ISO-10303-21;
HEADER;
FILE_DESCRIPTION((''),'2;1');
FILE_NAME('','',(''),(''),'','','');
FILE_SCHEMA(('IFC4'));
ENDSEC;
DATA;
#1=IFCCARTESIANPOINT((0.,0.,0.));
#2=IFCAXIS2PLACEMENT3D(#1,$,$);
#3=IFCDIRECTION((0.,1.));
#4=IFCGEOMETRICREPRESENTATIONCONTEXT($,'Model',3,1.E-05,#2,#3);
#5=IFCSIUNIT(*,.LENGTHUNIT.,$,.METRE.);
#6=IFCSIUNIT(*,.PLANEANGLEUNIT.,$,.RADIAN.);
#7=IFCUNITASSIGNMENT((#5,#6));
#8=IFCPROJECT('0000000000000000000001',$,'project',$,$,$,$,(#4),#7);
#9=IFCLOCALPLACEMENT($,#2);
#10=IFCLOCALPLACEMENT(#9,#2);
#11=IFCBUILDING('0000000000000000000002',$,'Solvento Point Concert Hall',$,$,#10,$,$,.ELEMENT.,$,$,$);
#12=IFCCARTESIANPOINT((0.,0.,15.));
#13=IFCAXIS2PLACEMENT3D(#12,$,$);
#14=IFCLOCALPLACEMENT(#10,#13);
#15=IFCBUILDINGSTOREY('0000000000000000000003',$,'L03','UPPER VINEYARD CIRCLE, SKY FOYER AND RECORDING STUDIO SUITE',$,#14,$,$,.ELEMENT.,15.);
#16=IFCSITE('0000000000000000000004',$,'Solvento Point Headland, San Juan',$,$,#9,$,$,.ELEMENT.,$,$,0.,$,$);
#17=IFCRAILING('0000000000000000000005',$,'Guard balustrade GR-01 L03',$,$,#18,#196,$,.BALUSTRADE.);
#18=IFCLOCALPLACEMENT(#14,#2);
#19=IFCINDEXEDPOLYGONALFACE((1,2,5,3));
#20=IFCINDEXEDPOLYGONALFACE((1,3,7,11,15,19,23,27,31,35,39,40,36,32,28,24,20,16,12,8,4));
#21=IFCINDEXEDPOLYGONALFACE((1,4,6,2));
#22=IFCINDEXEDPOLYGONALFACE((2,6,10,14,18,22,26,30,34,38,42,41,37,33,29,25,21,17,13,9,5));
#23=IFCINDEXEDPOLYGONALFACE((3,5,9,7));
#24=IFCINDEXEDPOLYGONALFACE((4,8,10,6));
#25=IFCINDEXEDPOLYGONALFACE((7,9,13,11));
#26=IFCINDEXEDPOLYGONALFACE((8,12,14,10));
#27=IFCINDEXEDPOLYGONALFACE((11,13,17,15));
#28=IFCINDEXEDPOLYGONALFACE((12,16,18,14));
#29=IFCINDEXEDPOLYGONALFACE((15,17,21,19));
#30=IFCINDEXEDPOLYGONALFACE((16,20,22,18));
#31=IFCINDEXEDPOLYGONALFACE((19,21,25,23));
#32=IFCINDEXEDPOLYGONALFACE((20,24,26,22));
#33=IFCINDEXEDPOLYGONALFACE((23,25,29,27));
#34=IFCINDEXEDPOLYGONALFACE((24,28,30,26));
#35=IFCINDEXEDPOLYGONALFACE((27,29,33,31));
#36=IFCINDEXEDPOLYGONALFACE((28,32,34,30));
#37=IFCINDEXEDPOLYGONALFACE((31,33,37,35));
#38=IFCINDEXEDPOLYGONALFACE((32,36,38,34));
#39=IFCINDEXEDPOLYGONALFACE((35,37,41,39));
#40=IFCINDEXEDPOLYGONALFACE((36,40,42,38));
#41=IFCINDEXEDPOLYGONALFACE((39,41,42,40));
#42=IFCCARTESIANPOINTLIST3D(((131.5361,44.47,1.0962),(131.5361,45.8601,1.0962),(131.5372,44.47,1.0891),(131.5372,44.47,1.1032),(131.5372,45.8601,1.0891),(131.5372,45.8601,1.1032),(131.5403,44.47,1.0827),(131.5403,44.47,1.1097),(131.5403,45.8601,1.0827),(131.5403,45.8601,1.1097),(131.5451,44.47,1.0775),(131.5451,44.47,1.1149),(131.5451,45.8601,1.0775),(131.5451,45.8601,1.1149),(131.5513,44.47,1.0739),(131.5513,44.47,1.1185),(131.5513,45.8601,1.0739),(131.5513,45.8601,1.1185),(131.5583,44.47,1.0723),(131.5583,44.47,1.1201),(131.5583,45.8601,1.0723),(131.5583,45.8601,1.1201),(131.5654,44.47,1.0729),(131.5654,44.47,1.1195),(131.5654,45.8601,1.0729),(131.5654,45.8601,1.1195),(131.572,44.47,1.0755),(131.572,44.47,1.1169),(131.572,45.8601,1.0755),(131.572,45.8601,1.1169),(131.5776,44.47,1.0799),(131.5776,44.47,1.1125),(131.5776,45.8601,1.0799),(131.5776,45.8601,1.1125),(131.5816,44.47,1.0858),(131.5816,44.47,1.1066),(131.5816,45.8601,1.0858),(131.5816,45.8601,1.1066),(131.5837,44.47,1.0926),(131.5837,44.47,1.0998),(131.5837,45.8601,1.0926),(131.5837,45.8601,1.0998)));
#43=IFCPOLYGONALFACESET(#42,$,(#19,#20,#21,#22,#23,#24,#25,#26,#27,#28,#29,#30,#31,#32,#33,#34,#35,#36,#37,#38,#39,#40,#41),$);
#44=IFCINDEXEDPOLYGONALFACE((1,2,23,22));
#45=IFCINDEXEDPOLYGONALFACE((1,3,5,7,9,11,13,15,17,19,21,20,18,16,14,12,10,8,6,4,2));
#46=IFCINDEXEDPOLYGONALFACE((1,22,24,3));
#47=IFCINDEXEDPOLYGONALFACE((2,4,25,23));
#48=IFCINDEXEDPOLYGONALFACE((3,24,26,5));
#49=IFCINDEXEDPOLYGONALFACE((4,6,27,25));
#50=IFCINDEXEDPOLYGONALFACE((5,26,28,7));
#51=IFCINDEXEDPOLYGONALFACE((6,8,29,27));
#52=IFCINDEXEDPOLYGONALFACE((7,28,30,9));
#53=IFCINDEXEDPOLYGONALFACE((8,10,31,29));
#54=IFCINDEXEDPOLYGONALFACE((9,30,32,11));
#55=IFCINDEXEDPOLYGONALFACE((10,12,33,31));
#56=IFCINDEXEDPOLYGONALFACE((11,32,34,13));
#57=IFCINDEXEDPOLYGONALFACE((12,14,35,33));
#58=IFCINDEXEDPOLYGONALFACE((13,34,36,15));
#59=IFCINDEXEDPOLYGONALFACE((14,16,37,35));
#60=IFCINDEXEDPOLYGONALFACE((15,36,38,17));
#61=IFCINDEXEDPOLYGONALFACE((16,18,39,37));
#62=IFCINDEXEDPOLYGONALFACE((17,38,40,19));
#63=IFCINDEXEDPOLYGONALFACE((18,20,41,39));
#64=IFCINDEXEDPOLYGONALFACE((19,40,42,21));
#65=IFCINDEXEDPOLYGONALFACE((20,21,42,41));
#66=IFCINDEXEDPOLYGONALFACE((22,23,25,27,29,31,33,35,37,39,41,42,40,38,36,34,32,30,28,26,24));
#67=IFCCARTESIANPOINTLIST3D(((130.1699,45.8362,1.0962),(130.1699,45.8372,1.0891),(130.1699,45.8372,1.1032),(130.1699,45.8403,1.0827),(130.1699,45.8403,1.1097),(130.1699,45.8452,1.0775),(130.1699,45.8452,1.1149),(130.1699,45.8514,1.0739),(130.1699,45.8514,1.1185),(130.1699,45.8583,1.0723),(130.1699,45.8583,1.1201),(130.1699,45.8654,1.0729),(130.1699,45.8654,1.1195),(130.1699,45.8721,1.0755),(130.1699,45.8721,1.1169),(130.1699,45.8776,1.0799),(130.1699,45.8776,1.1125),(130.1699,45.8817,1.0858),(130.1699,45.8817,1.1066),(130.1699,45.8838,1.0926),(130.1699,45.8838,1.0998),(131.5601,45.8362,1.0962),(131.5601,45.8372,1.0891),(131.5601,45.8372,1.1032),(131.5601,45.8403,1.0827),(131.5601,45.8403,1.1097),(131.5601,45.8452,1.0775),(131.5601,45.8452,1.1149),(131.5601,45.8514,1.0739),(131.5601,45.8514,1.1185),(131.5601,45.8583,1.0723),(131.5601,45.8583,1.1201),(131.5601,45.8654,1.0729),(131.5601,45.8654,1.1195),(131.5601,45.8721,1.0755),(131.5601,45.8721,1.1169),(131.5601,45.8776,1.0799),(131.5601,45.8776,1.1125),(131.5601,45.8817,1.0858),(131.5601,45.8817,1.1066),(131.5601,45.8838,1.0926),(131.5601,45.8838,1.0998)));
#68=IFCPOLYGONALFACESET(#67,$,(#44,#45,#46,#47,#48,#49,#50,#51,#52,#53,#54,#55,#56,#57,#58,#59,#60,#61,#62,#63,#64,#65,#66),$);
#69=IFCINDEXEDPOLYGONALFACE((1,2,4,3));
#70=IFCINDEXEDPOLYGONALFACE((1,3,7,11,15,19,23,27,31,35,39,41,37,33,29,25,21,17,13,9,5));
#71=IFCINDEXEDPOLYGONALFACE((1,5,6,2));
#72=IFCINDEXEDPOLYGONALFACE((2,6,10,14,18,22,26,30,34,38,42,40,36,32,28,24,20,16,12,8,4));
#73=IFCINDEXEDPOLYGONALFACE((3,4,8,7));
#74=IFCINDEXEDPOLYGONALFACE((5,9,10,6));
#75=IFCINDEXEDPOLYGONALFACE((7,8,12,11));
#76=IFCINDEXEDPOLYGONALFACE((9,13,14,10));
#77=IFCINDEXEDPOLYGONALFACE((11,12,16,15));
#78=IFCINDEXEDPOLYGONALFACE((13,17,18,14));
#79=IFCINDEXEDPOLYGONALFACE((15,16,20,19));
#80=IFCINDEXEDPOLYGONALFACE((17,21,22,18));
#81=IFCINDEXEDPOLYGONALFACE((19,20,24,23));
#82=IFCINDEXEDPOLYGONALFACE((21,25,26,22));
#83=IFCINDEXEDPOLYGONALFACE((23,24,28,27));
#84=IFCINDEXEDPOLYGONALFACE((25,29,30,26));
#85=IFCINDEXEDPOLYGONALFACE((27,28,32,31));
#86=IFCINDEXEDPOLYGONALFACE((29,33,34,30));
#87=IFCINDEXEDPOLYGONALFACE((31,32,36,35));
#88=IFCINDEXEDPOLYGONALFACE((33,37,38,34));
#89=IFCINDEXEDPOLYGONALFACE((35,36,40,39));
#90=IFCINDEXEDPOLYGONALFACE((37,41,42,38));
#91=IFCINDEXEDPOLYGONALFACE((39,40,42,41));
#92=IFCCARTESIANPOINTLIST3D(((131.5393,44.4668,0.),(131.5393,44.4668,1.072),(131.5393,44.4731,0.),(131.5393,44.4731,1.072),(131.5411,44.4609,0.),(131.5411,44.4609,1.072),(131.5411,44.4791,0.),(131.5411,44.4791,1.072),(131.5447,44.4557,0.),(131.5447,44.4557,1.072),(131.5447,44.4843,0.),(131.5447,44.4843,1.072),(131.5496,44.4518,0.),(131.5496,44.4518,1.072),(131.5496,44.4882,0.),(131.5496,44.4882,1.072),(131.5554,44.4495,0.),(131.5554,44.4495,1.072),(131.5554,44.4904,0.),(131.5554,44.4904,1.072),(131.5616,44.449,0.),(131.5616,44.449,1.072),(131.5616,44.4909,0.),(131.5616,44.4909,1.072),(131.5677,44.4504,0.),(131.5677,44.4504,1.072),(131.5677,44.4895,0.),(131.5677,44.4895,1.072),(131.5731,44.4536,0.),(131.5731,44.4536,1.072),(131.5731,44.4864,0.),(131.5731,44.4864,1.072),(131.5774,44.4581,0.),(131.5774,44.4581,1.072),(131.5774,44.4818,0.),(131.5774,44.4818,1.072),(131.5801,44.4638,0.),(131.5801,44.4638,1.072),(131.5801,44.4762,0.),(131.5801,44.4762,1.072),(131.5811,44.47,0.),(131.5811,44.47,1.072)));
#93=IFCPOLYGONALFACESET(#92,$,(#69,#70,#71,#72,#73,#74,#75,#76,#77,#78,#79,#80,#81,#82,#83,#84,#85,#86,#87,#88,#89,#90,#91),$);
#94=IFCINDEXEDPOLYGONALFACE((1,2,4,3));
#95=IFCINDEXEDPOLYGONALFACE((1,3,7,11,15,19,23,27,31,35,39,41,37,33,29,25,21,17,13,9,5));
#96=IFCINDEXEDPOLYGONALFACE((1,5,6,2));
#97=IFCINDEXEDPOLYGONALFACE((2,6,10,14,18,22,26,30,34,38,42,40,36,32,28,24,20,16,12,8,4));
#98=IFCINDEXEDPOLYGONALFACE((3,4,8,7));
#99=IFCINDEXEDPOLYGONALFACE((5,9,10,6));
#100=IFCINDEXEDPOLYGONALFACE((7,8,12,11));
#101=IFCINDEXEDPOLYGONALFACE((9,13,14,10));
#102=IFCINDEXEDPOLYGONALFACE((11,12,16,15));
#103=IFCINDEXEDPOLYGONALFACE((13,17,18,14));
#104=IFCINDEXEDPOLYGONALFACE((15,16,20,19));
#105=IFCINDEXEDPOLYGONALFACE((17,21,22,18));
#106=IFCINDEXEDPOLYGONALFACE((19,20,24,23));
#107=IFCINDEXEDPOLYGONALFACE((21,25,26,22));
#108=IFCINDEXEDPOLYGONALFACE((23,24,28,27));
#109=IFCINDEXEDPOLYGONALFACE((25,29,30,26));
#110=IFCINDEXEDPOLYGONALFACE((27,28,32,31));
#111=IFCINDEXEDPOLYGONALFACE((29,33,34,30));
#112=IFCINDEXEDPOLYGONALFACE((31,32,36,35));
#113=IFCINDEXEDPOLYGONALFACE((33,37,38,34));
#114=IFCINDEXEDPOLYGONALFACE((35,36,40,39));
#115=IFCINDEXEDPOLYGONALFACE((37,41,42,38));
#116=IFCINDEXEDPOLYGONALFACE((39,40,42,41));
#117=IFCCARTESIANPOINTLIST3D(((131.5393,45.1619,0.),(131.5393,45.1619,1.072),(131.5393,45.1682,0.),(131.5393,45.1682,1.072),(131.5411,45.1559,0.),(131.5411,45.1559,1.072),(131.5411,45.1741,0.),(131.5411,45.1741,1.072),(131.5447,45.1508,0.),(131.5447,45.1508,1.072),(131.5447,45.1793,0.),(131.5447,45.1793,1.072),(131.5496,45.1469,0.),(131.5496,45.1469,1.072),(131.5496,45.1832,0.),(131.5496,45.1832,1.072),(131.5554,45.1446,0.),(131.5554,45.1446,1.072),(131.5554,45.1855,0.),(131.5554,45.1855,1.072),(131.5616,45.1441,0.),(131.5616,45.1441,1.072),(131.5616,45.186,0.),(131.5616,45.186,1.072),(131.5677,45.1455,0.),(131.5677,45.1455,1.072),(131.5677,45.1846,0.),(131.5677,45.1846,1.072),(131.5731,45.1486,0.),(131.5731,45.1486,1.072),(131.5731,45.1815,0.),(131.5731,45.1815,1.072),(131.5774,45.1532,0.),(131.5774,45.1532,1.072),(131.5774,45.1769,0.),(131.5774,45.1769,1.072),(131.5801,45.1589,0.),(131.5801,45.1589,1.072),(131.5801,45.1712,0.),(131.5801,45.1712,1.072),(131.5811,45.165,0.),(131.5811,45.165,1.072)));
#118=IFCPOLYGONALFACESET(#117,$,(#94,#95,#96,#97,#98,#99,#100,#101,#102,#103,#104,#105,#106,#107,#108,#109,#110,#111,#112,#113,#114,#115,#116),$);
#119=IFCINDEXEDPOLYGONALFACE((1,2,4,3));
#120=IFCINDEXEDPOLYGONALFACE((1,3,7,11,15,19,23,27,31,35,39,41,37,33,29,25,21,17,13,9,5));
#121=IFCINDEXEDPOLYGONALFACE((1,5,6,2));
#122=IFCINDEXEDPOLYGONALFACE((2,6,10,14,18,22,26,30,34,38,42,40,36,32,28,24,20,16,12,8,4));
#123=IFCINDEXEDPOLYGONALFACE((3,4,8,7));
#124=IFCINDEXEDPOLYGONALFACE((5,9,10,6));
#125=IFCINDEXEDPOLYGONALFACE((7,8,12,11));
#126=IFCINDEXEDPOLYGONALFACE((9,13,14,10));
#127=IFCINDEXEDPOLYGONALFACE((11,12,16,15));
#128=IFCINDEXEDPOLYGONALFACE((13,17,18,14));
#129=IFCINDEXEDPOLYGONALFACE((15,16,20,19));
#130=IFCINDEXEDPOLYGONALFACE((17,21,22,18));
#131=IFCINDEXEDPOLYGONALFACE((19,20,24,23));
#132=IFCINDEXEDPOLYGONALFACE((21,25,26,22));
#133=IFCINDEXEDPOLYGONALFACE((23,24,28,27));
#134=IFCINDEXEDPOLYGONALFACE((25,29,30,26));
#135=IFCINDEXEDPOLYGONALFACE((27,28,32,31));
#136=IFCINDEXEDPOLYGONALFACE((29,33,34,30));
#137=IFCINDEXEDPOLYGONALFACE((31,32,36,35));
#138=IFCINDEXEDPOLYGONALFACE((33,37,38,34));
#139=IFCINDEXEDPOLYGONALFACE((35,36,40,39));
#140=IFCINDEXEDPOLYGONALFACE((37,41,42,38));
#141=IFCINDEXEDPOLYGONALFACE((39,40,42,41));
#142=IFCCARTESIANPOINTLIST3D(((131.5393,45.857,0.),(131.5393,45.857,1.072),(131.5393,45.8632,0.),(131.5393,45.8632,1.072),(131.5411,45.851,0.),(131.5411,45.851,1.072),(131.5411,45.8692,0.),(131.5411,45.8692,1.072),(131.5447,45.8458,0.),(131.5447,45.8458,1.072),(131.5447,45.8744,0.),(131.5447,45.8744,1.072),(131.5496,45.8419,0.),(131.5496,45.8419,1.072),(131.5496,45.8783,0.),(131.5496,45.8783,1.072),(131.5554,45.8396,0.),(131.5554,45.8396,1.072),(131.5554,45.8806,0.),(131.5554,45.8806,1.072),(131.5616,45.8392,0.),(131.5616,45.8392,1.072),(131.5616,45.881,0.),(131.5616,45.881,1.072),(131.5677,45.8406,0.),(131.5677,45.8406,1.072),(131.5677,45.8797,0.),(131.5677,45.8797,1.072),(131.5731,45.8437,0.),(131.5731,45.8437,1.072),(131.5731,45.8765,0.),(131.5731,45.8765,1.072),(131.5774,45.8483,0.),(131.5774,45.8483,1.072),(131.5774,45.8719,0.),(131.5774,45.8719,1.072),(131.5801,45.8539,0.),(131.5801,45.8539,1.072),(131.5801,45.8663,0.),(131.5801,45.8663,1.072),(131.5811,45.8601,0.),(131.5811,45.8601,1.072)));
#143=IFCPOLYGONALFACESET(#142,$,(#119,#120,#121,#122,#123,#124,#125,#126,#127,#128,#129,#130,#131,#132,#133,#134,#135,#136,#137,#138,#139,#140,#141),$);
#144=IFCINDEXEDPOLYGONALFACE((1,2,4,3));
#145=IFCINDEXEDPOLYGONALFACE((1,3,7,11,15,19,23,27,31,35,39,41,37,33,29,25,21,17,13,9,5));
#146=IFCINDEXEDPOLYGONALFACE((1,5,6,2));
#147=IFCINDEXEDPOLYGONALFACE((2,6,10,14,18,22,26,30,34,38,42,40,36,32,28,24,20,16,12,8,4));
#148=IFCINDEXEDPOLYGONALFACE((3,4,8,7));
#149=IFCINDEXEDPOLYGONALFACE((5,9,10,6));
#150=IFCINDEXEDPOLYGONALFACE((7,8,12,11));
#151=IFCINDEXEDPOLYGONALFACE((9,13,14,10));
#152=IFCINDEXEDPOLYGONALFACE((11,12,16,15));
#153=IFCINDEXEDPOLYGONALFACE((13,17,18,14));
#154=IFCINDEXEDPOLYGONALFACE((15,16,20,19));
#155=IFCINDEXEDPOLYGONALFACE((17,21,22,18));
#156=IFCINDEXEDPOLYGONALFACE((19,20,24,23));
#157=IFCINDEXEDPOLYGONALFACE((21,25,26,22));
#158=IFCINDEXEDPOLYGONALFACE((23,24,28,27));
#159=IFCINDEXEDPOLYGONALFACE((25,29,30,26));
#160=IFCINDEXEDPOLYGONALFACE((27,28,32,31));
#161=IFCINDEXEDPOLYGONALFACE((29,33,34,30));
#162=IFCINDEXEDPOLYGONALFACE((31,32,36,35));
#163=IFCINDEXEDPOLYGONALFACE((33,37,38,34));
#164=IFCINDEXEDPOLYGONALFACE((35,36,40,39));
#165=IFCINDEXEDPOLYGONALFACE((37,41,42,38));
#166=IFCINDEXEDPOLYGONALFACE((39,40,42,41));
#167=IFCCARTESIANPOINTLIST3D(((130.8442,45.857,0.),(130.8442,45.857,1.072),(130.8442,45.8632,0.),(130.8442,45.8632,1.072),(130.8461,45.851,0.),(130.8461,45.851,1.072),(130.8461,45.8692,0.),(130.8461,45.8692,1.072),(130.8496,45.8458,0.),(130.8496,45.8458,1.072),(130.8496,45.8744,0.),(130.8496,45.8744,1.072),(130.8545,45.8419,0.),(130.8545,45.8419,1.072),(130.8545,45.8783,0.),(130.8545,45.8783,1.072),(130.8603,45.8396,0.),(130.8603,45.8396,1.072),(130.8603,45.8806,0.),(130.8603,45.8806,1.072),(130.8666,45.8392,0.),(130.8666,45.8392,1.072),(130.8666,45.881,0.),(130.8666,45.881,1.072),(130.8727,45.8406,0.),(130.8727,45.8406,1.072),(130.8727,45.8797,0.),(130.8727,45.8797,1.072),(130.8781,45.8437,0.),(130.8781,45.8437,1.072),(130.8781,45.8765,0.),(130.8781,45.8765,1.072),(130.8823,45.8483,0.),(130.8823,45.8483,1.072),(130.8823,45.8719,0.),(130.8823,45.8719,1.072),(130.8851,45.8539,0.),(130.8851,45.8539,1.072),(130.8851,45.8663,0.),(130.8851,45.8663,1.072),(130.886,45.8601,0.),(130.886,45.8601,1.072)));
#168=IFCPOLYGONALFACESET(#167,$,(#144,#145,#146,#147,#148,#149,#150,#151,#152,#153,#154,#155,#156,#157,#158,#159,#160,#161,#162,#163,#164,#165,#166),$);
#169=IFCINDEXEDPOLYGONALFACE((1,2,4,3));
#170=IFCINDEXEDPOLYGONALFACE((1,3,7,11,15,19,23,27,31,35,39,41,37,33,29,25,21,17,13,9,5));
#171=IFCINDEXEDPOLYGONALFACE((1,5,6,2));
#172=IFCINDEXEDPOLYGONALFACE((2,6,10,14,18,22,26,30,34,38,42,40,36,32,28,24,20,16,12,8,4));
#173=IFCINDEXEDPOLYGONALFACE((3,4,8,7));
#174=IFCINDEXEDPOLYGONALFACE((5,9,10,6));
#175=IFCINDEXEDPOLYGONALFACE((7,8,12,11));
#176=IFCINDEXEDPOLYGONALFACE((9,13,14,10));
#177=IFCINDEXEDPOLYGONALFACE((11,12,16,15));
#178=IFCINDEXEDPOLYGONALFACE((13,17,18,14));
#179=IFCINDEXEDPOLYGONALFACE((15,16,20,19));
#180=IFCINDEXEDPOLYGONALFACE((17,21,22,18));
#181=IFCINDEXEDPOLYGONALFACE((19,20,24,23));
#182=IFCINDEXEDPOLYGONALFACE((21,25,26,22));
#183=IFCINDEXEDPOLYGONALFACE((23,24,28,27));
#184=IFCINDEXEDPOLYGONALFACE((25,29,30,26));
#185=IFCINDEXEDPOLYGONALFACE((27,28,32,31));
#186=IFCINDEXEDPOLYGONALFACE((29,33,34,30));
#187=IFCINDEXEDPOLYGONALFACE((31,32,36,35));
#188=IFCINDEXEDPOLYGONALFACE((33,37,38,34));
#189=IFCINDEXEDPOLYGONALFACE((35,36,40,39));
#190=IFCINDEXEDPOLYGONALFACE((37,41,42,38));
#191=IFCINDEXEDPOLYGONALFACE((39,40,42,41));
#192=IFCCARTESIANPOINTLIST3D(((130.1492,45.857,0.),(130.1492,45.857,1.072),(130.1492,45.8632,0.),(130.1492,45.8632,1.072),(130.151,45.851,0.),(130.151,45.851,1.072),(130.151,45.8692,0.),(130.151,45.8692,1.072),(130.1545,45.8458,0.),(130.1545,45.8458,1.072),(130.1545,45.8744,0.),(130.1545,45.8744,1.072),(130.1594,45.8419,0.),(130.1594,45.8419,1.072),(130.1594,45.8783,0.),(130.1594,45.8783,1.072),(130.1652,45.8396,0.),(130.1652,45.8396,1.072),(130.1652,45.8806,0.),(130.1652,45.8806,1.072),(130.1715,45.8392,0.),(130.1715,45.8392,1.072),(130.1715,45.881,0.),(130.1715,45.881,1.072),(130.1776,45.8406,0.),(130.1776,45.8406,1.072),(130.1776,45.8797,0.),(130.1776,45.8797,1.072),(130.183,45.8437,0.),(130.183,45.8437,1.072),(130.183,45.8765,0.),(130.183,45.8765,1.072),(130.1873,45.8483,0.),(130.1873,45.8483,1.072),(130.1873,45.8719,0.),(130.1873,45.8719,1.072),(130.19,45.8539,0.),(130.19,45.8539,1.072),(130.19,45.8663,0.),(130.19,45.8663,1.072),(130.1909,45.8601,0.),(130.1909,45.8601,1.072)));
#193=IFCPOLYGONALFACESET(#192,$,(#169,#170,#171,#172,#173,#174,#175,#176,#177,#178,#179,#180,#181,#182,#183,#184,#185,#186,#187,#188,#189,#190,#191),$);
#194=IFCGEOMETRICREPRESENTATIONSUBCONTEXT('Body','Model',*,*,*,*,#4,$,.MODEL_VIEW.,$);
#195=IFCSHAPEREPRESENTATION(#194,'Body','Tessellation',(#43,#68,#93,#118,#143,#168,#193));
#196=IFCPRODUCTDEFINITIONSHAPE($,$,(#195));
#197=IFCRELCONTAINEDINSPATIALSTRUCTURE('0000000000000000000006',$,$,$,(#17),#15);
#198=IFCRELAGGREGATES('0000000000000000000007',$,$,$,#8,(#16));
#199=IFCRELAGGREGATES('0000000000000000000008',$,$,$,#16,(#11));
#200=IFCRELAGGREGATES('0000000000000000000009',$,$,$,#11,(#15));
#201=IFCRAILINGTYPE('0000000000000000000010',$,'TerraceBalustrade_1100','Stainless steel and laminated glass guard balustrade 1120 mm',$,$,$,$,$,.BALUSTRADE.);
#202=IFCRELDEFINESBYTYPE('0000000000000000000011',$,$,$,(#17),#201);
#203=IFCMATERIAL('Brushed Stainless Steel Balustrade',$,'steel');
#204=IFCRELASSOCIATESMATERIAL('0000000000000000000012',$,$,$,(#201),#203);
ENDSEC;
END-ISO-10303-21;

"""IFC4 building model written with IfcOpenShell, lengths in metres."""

from ifc_helpers import new_model, si_unit, direction, frame, origin, origin_2d, place, context, subcontext, project, spatial, circle, extrude, material, type_object, element, save


model = new_model("IFC4")

# Units and contexts
model_context = context("Model", 3, precision=1e-05, world=origin(), true_north=direction((0.0, 1.0)))
body_context = subcontext(model_context, "Body", "Model", "MODEL_VIEW")
ifc_project = project(units=[si_unit("LENGTHUNIT", "METRE"), si_unit("PLANEANGLEUNIT", "RADIAN")], contexts=[model_context])

# Site, building, storey
site_placement = place(None, origin())
site = spatial("IfcSite", under=ifc_project, at=site_placement, Name="Solvento Point Headland, San Juan", CompositionType="ELEMENT", RefElevation=0.0)
building_placement = place(site_placement, origin())
building = spatial("IfcBuilding", under=site, at=building_placement, Name="Solvento Point Concert Hall", CompositionType="ELEMENT")
storey_placement = place(building_placement, frame((0.0, 0.0, 15.0)))
storey = spatial("IfcBuildingStorey", under=building, at=storey_placement, Name="L03", Description="UPPER VINEYARD CIRCLE, SKY FOYER AND RECORDING STUDIO SUITE", CompositionType="ELEMENT", Elevation=15.0)

# Railing
ifc_material_1 = material(Name="Brushed Stainless Steel Balustrade", Category="steel")
railing_type = type_object("IfcRailingType", Name="TerraceBalustrade_1100", Description="Stainless steel and laminated glass guard balustrade 1120 mm", PredefinedType="BALUSTRADE", material=ifc_material_1)
railing_1_placement = place(storey_placement, frame((131.5601, 44.47, 0.0)))
element("IfcRailing", 1, at=railing_1_placement, inside=storey, type_object=railing_type, Name="Guard balustrade GR-01 L03", PredefinedType="BALUSTRADE", context=body_context, shape_type="SweptSolid", body=[
    extrude(circle(Radius=0.0239, at=origin_2d()), frame((0.0, 0.0, 1.0962), z_axis=(0.0, 1.0, 0.0), x_axis=(-1.0, 0.0, 0.0)), (0.0, 0.0, 1.0), 1.3901),
    extrude(circle(Radius=0.0239, at=origin_2d()), frame((0.0, 1.3901, 1.0962), z_axis=(-1.0, 0.0, 0.0), x_axis=(0.0, -1.0, 0.0)), (0.0, 0.0, 1.0), 1.3901),
    extrude(circle(Radius=0.021, at=origin_2d()), origin(), (0.0, 0.0, 1.0), 1.072),
    extrude(circle(Radius=0.021, at=origin_2d()), frame((0.0, 0.6951, 0.0)), (0.0, 0.0, 1.0), 1.072),
    extrude(circle(Radius=0.021, at=origin_2d()), frame((0.0, 1.3901, 0.0)), (0.0, 0.0, 1.0), 1.072),
    extrude(circle(Radius=0.021, at=origin_2d()), frame((-0.6951, 1.3901, 0.0)), (0.0, 0.0, 1.0), 1.072),
    extrude(circle(Radius=0.021, at=origin_2d()), frame((-1.3901, 1.3901, 0.0)), (0.0, 0.0, 1.0), 1.072),
])

save(model, "model.ifc")
